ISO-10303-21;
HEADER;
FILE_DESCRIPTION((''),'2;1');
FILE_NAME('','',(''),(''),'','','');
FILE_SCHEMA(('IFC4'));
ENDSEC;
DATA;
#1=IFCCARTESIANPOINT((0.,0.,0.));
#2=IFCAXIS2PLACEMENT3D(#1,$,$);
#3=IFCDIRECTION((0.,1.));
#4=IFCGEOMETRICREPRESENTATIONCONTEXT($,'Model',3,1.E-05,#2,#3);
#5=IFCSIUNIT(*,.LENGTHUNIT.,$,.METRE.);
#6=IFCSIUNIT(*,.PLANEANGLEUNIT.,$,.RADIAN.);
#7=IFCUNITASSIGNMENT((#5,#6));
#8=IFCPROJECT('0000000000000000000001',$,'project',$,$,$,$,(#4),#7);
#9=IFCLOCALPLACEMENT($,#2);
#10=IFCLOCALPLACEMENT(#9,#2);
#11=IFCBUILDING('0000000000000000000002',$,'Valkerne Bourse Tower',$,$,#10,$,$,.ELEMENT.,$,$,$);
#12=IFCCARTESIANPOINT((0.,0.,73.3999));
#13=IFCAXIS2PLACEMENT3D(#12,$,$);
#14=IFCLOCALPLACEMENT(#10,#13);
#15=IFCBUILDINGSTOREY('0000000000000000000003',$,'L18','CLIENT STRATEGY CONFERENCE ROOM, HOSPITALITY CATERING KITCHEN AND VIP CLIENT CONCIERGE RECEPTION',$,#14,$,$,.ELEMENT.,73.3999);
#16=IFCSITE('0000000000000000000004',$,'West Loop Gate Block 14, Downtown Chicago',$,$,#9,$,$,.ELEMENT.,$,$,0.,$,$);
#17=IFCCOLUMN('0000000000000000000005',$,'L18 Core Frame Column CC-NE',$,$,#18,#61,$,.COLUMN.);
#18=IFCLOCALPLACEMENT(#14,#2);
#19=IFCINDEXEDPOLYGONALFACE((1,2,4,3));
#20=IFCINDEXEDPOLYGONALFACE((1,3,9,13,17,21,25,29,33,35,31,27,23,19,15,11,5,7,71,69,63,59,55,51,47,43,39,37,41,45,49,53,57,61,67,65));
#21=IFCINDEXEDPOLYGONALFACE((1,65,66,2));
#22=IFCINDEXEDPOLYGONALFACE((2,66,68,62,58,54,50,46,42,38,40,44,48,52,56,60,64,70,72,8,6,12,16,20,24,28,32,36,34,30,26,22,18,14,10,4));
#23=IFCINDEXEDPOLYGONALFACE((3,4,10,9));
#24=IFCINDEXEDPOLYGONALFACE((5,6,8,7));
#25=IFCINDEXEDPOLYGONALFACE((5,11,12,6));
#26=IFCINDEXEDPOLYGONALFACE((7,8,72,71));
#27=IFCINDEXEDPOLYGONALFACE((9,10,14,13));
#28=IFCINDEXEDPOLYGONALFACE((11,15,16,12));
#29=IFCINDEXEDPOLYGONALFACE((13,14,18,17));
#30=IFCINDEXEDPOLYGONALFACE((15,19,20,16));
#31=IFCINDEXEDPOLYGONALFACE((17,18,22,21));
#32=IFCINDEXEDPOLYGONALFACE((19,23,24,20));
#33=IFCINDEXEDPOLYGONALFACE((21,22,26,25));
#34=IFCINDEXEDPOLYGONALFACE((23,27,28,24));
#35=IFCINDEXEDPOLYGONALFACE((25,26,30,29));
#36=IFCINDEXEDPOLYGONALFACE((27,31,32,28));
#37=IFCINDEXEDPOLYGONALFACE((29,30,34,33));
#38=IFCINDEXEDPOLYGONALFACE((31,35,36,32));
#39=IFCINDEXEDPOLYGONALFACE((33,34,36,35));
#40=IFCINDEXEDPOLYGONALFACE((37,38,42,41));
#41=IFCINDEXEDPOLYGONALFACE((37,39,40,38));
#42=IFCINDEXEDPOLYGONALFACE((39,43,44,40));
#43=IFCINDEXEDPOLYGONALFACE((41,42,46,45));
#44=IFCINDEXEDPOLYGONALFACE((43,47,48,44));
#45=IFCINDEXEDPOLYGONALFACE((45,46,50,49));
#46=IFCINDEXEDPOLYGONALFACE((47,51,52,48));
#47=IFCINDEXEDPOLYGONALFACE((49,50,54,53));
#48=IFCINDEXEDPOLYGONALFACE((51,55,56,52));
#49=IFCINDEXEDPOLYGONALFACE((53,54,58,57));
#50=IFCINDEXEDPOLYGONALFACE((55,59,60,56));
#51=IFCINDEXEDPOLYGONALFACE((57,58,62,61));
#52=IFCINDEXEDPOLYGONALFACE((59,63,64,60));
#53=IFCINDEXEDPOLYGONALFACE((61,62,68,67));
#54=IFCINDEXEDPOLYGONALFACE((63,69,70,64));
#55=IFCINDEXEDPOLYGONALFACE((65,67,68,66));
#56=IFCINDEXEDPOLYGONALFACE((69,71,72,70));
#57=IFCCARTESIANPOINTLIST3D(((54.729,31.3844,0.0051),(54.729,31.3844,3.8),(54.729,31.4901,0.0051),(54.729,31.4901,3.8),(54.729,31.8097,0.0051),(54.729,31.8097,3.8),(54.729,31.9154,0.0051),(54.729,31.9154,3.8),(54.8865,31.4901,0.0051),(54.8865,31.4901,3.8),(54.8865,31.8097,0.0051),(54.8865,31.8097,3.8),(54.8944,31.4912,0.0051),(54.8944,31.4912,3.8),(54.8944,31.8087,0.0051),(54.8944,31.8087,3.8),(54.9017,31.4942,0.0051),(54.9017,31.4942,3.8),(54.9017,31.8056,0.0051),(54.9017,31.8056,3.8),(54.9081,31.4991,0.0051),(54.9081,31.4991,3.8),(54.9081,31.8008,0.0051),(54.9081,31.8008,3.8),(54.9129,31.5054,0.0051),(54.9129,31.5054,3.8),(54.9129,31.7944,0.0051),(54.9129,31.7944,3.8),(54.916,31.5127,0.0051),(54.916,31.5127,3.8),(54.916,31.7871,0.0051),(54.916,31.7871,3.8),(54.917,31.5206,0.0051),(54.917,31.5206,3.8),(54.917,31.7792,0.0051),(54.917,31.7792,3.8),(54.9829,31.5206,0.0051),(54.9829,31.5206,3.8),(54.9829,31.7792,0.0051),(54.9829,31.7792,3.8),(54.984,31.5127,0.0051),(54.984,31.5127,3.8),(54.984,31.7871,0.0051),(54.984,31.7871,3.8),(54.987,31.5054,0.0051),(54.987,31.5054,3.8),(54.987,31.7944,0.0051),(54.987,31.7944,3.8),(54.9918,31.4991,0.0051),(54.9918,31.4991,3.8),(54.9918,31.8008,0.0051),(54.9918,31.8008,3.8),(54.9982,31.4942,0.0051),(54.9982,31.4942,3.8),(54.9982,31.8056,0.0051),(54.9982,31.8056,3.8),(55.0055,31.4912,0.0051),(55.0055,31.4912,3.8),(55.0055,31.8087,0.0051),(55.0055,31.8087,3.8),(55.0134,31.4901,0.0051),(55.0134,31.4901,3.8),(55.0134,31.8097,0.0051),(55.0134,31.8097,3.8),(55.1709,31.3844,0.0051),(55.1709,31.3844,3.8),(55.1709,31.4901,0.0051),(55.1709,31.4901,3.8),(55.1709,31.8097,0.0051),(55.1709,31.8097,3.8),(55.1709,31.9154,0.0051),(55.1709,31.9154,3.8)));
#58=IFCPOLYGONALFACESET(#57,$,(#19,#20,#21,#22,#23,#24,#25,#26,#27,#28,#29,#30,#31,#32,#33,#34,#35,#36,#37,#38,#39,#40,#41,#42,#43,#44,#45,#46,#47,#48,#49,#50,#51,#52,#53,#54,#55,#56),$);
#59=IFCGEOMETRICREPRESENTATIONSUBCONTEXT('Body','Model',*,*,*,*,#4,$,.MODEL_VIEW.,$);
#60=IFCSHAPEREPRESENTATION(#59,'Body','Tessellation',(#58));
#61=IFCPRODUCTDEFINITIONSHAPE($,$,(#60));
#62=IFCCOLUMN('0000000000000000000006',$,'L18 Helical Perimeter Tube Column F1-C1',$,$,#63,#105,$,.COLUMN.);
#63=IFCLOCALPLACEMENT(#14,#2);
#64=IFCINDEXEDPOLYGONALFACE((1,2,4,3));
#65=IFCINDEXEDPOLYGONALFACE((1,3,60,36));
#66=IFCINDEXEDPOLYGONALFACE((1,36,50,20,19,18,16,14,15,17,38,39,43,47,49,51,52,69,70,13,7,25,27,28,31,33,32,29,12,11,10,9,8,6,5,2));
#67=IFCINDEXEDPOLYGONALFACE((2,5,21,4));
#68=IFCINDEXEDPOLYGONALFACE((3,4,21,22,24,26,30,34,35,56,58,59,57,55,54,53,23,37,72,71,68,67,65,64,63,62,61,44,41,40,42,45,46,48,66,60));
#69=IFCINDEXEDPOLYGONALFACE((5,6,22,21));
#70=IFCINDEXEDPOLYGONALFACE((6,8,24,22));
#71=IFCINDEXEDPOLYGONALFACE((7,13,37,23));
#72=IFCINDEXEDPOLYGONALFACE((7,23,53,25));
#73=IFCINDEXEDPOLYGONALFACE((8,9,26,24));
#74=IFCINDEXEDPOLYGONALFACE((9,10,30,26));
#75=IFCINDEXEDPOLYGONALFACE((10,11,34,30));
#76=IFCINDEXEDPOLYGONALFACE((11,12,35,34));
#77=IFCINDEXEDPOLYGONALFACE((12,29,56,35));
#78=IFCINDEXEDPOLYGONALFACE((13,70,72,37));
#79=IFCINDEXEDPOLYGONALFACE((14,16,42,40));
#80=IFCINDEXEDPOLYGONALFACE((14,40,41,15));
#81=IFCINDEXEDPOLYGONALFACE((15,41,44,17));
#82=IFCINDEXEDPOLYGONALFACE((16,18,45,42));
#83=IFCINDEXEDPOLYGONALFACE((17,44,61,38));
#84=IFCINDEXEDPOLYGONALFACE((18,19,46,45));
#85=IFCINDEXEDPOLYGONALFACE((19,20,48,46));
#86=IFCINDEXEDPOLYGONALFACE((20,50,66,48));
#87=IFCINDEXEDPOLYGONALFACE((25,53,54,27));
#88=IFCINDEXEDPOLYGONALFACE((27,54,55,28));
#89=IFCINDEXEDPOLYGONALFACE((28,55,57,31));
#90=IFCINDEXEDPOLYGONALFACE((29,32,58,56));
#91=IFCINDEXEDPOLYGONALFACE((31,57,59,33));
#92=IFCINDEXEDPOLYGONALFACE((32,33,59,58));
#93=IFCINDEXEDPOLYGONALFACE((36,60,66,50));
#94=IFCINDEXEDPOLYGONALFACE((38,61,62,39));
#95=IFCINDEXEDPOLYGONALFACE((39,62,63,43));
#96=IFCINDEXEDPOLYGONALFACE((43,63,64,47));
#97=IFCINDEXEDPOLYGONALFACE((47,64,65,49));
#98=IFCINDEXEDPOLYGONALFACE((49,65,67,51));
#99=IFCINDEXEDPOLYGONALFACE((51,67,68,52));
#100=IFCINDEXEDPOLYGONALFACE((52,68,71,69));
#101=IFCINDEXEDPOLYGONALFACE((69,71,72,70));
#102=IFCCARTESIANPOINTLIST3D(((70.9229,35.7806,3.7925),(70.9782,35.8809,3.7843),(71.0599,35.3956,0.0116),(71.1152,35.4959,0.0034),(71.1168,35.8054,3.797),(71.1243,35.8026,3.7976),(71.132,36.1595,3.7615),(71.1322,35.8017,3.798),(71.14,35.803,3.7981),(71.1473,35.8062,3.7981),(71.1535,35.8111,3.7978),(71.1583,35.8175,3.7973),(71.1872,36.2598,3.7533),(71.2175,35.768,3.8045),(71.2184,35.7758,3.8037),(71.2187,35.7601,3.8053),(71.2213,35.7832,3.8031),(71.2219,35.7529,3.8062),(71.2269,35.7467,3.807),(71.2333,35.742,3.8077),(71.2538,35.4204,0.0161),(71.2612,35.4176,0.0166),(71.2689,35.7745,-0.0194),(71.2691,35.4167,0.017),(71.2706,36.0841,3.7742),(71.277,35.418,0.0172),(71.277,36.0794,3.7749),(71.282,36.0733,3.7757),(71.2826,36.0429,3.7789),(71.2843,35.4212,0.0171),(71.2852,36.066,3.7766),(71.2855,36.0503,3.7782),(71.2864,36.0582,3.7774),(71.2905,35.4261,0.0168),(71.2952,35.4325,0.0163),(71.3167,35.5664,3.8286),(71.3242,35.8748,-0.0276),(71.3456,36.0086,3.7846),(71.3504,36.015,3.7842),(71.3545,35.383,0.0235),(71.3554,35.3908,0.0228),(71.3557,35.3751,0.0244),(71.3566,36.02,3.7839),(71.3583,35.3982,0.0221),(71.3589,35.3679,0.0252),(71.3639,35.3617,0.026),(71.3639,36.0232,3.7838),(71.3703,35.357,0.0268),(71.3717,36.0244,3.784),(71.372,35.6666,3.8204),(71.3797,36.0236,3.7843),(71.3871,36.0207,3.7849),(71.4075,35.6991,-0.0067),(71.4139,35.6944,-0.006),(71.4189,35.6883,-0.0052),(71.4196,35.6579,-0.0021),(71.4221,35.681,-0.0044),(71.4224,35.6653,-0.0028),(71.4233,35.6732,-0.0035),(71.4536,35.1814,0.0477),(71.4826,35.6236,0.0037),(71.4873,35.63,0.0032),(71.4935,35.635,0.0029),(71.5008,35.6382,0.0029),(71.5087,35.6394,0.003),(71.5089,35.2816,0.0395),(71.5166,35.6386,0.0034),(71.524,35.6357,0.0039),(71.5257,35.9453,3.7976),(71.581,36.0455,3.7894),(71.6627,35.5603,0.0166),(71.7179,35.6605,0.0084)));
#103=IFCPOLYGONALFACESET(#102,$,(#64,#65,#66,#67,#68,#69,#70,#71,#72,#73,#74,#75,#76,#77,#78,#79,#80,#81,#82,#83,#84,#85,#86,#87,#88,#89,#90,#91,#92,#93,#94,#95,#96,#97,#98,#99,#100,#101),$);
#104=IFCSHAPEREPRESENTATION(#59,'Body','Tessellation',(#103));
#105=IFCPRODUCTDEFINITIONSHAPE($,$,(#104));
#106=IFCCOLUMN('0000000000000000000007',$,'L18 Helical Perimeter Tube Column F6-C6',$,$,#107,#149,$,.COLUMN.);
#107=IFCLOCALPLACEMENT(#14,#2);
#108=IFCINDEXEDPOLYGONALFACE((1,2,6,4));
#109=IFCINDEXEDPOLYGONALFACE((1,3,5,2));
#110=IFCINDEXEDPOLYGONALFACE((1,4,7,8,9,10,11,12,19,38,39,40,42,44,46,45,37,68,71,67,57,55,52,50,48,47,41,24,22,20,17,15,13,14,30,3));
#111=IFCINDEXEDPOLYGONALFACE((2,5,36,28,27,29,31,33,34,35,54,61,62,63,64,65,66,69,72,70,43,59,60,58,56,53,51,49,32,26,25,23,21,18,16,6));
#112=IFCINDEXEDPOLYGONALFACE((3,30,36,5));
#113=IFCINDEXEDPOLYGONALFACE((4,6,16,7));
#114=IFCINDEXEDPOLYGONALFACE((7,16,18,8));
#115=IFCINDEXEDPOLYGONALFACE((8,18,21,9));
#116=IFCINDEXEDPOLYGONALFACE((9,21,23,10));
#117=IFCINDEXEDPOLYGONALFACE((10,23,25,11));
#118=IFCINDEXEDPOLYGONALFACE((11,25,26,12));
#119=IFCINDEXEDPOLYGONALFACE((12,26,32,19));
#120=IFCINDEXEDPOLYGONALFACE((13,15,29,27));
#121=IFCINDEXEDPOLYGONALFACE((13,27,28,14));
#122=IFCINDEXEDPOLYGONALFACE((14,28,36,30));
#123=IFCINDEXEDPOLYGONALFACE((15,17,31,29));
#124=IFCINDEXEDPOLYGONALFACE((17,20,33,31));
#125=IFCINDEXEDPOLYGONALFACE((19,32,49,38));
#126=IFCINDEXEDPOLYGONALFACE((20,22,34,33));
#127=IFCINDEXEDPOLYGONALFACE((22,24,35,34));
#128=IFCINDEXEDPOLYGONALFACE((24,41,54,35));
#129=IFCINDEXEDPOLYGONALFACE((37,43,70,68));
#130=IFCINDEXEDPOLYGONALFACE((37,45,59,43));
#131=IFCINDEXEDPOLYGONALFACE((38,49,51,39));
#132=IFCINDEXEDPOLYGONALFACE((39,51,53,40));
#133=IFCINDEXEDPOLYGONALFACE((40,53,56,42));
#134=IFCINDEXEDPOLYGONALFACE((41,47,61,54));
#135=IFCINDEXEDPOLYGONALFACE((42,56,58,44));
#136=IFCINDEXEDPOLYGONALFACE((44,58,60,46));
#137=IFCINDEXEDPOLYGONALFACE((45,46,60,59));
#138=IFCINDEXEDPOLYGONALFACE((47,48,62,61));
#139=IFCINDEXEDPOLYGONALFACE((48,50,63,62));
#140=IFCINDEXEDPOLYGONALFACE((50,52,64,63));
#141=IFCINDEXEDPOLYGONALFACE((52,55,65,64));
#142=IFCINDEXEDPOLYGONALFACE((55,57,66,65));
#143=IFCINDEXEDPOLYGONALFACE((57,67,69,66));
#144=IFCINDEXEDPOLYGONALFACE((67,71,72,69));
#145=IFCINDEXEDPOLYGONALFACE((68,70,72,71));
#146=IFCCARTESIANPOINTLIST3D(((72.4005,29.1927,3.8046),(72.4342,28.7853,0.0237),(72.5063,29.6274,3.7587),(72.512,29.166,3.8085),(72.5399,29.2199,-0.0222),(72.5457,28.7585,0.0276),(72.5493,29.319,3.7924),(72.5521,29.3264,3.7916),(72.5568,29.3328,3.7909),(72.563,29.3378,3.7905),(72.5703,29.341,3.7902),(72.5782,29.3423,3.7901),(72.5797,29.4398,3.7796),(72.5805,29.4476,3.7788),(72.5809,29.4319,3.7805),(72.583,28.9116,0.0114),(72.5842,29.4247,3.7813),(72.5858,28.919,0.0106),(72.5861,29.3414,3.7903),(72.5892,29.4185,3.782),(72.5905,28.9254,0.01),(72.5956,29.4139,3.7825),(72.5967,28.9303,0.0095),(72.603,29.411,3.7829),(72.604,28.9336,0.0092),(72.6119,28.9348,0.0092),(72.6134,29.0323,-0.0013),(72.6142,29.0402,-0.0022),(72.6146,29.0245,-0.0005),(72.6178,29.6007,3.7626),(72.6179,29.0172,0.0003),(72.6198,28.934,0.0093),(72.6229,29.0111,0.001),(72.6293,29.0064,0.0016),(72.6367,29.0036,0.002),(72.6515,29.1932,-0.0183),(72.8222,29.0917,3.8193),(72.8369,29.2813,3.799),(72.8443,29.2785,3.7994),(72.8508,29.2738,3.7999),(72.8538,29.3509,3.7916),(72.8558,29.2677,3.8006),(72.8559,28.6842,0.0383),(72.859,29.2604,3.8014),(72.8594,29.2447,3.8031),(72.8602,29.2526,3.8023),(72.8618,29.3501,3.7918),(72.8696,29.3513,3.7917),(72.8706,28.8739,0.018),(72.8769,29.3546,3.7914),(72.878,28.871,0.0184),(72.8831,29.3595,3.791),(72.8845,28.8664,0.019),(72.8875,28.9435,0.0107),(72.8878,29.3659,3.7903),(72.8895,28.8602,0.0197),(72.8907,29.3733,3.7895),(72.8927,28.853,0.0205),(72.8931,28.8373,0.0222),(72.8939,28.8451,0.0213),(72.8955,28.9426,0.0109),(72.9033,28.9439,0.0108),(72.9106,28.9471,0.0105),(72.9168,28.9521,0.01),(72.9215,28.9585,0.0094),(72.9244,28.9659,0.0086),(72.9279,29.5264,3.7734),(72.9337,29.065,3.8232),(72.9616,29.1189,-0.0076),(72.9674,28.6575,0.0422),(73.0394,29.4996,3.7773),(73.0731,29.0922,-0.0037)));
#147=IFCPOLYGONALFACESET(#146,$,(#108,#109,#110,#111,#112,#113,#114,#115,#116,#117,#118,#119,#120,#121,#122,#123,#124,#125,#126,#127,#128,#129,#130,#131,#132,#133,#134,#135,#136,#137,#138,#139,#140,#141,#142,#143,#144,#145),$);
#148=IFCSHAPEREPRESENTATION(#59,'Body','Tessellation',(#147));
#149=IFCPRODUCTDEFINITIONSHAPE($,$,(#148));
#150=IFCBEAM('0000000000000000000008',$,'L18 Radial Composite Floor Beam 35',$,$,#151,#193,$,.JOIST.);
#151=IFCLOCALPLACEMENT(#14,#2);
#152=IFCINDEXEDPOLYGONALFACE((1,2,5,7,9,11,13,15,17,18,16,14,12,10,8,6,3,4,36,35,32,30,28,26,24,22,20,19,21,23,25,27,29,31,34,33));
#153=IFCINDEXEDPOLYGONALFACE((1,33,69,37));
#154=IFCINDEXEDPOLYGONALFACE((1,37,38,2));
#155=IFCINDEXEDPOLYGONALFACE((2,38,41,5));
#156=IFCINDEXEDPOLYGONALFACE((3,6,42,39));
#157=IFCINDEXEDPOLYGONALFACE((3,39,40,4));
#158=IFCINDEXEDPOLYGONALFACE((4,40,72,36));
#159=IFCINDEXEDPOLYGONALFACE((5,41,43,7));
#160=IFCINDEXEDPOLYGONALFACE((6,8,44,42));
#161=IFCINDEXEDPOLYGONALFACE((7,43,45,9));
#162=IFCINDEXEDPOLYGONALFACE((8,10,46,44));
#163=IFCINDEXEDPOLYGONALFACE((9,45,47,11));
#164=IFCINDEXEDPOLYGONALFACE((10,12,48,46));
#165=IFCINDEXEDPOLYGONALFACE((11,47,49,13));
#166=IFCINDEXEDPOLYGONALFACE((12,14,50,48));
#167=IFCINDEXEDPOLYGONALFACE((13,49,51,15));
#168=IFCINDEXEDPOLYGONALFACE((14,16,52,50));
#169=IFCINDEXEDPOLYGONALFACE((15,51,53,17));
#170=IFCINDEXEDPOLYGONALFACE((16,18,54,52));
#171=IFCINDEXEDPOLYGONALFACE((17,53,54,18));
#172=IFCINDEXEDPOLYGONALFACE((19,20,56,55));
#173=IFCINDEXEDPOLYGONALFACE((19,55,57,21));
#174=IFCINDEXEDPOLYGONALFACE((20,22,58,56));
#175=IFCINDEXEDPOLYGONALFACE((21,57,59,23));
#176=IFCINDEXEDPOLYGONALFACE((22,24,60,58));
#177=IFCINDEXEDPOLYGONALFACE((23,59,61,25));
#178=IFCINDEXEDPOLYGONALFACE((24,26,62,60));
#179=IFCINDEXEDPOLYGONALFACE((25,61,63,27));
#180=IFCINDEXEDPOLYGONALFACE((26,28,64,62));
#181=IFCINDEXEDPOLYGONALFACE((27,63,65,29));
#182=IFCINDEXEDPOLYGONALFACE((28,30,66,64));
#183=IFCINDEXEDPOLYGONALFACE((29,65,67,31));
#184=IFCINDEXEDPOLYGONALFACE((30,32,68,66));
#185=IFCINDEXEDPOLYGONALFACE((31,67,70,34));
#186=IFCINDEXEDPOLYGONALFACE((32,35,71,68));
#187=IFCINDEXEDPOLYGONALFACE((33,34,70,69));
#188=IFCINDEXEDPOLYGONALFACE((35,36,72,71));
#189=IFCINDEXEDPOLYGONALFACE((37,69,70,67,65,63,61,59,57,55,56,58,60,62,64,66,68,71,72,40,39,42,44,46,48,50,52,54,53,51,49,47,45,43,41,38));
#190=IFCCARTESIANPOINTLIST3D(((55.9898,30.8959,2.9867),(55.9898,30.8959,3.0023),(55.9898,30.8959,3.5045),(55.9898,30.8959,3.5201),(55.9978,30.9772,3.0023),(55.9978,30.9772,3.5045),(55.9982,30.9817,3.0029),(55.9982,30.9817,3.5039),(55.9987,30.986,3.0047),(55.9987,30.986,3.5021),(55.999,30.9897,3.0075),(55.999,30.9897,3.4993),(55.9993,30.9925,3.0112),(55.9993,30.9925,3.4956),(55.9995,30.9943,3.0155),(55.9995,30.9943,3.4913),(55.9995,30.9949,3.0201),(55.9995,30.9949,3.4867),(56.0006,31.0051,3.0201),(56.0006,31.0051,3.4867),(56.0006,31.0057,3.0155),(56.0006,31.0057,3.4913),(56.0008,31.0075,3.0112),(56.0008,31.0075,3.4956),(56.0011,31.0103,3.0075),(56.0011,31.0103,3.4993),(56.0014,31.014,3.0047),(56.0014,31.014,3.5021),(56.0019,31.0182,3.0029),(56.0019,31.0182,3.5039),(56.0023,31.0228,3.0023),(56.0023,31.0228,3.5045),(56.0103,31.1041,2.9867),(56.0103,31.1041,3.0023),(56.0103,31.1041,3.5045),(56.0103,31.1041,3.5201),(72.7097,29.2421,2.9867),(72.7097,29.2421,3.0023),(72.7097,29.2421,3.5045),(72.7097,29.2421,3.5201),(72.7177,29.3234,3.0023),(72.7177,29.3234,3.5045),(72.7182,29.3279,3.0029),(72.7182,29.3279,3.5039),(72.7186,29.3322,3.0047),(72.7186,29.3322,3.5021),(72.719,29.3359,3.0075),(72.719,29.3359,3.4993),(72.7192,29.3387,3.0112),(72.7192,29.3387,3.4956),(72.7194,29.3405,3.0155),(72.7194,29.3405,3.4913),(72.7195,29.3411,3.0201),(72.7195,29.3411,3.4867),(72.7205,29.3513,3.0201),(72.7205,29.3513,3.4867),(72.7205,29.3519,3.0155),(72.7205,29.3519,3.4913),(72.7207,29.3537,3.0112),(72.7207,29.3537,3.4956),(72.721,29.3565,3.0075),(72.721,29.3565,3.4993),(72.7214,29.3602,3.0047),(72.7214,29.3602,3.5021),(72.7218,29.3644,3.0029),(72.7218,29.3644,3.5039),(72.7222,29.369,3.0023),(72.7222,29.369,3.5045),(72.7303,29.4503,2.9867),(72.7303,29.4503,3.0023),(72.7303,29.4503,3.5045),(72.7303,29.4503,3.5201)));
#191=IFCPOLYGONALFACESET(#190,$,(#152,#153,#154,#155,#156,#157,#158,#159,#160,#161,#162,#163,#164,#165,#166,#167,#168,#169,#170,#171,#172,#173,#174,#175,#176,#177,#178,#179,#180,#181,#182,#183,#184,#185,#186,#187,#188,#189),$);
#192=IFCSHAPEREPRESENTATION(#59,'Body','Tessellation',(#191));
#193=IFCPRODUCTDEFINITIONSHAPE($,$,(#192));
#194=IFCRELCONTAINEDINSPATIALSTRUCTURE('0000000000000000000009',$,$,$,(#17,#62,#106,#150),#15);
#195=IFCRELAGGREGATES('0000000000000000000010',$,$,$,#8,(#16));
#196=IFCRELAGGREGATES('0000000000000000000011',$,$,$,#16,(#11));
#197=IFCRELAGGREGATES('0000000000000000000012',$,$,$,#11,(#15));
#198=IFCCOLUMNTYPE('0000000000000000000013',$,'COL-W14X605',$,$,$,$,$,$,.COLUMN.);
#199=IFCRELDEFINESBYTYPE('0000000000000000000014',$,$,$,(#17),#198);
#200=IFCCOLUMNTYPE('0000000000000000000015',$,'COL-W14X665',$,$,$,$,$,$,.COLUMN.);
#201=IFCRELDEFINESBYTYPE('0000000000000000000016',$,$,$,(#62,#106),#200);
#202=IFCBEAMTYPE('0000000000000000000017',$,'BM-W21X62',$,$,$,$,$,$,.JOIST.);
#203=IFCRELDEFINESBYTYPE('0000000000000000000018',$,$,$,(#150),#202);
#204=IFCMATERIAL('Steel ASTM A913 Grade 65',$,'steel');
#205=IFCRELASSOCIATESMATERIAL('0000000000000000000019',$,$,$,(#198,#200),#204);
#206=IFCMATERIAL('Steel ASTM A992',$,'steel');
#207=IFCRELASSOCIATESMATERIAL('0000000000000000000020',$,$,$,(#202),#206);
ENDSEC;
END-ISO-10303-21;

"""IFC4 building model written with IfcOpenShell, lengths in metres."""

from ifc_helpers import new_model, si_unit, direction, frame, origin, origin_2d, place, context, subcontext, project, spatial, i_section, extrude, material, material_profile, profile_set, type_object, element, save


model = new_model("IFC4")

# Units and contexts
model_context = context("Model", 3, precision=1e-05, world=origin(), true_north=direction((0.0, 1.0)))
body_context = subcontext(model_context, "Body", "Model", "MODEL_VIEW")
ifc_project = project(units=[si_unit("LENGTHUNIT", "METRE"), si_unit("PLANEANGLEUNIT", "RADIAN")], contexts=[model_context])

# Site, building, storey
site_placement = place(None, origin())
site = spatial("IfcSite", under=ifc_project, at=site_placement, Name="West Loop Gate Block 14, Downtown Chicago", CompositionType="ELEMENT", RefElevation=0.0)
building_placement = place(site_placement, origin())
building = spatial("IfcBuilding", under=site, at=building_placement, Name="Valkerne Bourse Tower", CompositionType="ELEMENT")
storey_placement = place(building_placement, frame((0.0, 0.0, 73.3999)))
storey = spatial("IfcBuildingStorey", under=building, at=storey_placement, Name="L18", Description="CLIENT STRATEGY CONFERENCE ROOM, HOSPITALITY CATERING KITCHEN AND VIP CLIENT CONCIERGE RECEPTION", CompositionType="ELEMENT", Elevation=73.3999)

# Columns
ifc_material_1 = material(Name="Steel ASTM A913 Grade 65", Category="steel")
ifc_material_profile_1 = material_profile(ifc_material_1, i_section(OverallWidth=0.4419, OverallDepth=0.531, WebThickness=0.0659, FlangeThickness=0.1057, FilletRadius=0.0305, at=origin_2d()), Name="W14X605")
ifc_profile_set_1 = profile_set([ifc_material_profile_1], Name="Steel ASTM A913 Grade 65")
column_type_1 = type_object("IfcColumnType", Name="COL-W14X605", PredefinedType="COLUMN", material=ifc_profile_set_1)
column_placement = place(storey_placement, frame((54.95, 31.6499, 0.0051), z_axis=(0.0, 0.0, 1.0), x_axis=(1.0, 0.0, 0.0)))
element("IfcColumn", 1, at=column_placement, inside=storey, type_object=column_type_1, Name="L18 Core Frame Column CC-NE", PredefinedType="COLUMN", context=body_context, shape_type="SweptSolid", body=[
    extrude(i_section(OverallWidth=0.4419, OverallDepth=0.531, WebThickness=0.0659, FlangeThickness=0.1057, FilletRadius=0.0305, at=origin_2d()), origin(), (0.0, 0.0, 1.0), 3.7949),
])
ifc_material_profile_2 = material_profile(ifc_material_1, i_section(OverallWidth=0.4497, OverallDepth=0.5486, WebThickness=0.072, FlangeThickness=0.1147, FilletRadius=0.0305, at=origin_2d()), Name="W14X665")
ifc_profile_set_2 = profile_set([ifc_material_profile_2], Name="Steel ASTM A913 Grade 65")
column_type_2 = type_object("IfcColumnType", Name="COL-W14X665", PredefinedType="COLUMN", material=ifc_profile_set_2)
for number, where, z_axis, x_axis, name in (
    (2, (71.3889, 35.5281, 0.01), (-0.036014, 0.101238, 0.99421), (0.87555, -0.476419, 0.080228), "L18 Helical Perimeter Tube Column F1-C1"),
    (3, (72.7537, 28.9387, 0.01), (-0.008859, 0.107143, 0.994204), (-0.235142, -0.966586, 0.102072), "L18 Helical Perimeter Tube Column F6-C6"),
):
    element("IfcColumn", number, at=place(storey_placement, frame(where, z_axis=z_axis, x_axis=x_axis)), inside=storey, type_object=column_type_2, Name=name, PredefinedType="COLUMN", context=body_context, shape_type="SweptSolid", body=[
        extrude(i_section(OverallWidth=0.4497, OverallDepth=0.5486, WebThickness=0.072, FlangeThickness=0.1147, FilletRadius=0.0305, at=origin_2d()), origin(), (0.0, 0.0, 1.0), 3.803),
    ])

# Beam
ifc_material_2 = material(Name="Steel ASTM A992", Category="steel")
ifc_material_profile_3 = material_profile(ifc_material_2, i_section(OverallWidth=0.2092, OverallDepth=0.5334, WebThickness=0.0103, FlangeThickness=0.0156, FilletRadius=0.0178, at=origin_2d()), Name="W21X62")
ifc_profile_set_3 = profile_set([ifc_material_profile_3], Name="Steel ASTM A992")
beam_type_1 = type_object("IfcBeamType", Name="BM-W21X62", PredefinedType="JOIST", material=ifc_profile_set_3)
beam_1_placement = place(storey_placement, frame((72.72, 29.3462, 3.2534), z_axis=(-0.995144, 0.098432, 0.0), x_axis=(-0.098432, -0.995144, 0.0)))
element("IfcBeam", 4, at=beam_1_placement, inside=storey, type_object=beam_type_1, Name="L18 Radial Composite Floor Beam 35", PredefinedType="JOIST", context=body_context, shape_type="SweptSolid", body=[
    extrude(i_section(OverallWidth=0.2092, OverallDepth=0.5334, WebThickness=0.0103, FlangeThickness=0.0156, FilletRadius=0.0178, at=origin_2d()), origin(), (0.0, 0.0, 1.0), 16.8015),
])

save(model, "model.ifc")
